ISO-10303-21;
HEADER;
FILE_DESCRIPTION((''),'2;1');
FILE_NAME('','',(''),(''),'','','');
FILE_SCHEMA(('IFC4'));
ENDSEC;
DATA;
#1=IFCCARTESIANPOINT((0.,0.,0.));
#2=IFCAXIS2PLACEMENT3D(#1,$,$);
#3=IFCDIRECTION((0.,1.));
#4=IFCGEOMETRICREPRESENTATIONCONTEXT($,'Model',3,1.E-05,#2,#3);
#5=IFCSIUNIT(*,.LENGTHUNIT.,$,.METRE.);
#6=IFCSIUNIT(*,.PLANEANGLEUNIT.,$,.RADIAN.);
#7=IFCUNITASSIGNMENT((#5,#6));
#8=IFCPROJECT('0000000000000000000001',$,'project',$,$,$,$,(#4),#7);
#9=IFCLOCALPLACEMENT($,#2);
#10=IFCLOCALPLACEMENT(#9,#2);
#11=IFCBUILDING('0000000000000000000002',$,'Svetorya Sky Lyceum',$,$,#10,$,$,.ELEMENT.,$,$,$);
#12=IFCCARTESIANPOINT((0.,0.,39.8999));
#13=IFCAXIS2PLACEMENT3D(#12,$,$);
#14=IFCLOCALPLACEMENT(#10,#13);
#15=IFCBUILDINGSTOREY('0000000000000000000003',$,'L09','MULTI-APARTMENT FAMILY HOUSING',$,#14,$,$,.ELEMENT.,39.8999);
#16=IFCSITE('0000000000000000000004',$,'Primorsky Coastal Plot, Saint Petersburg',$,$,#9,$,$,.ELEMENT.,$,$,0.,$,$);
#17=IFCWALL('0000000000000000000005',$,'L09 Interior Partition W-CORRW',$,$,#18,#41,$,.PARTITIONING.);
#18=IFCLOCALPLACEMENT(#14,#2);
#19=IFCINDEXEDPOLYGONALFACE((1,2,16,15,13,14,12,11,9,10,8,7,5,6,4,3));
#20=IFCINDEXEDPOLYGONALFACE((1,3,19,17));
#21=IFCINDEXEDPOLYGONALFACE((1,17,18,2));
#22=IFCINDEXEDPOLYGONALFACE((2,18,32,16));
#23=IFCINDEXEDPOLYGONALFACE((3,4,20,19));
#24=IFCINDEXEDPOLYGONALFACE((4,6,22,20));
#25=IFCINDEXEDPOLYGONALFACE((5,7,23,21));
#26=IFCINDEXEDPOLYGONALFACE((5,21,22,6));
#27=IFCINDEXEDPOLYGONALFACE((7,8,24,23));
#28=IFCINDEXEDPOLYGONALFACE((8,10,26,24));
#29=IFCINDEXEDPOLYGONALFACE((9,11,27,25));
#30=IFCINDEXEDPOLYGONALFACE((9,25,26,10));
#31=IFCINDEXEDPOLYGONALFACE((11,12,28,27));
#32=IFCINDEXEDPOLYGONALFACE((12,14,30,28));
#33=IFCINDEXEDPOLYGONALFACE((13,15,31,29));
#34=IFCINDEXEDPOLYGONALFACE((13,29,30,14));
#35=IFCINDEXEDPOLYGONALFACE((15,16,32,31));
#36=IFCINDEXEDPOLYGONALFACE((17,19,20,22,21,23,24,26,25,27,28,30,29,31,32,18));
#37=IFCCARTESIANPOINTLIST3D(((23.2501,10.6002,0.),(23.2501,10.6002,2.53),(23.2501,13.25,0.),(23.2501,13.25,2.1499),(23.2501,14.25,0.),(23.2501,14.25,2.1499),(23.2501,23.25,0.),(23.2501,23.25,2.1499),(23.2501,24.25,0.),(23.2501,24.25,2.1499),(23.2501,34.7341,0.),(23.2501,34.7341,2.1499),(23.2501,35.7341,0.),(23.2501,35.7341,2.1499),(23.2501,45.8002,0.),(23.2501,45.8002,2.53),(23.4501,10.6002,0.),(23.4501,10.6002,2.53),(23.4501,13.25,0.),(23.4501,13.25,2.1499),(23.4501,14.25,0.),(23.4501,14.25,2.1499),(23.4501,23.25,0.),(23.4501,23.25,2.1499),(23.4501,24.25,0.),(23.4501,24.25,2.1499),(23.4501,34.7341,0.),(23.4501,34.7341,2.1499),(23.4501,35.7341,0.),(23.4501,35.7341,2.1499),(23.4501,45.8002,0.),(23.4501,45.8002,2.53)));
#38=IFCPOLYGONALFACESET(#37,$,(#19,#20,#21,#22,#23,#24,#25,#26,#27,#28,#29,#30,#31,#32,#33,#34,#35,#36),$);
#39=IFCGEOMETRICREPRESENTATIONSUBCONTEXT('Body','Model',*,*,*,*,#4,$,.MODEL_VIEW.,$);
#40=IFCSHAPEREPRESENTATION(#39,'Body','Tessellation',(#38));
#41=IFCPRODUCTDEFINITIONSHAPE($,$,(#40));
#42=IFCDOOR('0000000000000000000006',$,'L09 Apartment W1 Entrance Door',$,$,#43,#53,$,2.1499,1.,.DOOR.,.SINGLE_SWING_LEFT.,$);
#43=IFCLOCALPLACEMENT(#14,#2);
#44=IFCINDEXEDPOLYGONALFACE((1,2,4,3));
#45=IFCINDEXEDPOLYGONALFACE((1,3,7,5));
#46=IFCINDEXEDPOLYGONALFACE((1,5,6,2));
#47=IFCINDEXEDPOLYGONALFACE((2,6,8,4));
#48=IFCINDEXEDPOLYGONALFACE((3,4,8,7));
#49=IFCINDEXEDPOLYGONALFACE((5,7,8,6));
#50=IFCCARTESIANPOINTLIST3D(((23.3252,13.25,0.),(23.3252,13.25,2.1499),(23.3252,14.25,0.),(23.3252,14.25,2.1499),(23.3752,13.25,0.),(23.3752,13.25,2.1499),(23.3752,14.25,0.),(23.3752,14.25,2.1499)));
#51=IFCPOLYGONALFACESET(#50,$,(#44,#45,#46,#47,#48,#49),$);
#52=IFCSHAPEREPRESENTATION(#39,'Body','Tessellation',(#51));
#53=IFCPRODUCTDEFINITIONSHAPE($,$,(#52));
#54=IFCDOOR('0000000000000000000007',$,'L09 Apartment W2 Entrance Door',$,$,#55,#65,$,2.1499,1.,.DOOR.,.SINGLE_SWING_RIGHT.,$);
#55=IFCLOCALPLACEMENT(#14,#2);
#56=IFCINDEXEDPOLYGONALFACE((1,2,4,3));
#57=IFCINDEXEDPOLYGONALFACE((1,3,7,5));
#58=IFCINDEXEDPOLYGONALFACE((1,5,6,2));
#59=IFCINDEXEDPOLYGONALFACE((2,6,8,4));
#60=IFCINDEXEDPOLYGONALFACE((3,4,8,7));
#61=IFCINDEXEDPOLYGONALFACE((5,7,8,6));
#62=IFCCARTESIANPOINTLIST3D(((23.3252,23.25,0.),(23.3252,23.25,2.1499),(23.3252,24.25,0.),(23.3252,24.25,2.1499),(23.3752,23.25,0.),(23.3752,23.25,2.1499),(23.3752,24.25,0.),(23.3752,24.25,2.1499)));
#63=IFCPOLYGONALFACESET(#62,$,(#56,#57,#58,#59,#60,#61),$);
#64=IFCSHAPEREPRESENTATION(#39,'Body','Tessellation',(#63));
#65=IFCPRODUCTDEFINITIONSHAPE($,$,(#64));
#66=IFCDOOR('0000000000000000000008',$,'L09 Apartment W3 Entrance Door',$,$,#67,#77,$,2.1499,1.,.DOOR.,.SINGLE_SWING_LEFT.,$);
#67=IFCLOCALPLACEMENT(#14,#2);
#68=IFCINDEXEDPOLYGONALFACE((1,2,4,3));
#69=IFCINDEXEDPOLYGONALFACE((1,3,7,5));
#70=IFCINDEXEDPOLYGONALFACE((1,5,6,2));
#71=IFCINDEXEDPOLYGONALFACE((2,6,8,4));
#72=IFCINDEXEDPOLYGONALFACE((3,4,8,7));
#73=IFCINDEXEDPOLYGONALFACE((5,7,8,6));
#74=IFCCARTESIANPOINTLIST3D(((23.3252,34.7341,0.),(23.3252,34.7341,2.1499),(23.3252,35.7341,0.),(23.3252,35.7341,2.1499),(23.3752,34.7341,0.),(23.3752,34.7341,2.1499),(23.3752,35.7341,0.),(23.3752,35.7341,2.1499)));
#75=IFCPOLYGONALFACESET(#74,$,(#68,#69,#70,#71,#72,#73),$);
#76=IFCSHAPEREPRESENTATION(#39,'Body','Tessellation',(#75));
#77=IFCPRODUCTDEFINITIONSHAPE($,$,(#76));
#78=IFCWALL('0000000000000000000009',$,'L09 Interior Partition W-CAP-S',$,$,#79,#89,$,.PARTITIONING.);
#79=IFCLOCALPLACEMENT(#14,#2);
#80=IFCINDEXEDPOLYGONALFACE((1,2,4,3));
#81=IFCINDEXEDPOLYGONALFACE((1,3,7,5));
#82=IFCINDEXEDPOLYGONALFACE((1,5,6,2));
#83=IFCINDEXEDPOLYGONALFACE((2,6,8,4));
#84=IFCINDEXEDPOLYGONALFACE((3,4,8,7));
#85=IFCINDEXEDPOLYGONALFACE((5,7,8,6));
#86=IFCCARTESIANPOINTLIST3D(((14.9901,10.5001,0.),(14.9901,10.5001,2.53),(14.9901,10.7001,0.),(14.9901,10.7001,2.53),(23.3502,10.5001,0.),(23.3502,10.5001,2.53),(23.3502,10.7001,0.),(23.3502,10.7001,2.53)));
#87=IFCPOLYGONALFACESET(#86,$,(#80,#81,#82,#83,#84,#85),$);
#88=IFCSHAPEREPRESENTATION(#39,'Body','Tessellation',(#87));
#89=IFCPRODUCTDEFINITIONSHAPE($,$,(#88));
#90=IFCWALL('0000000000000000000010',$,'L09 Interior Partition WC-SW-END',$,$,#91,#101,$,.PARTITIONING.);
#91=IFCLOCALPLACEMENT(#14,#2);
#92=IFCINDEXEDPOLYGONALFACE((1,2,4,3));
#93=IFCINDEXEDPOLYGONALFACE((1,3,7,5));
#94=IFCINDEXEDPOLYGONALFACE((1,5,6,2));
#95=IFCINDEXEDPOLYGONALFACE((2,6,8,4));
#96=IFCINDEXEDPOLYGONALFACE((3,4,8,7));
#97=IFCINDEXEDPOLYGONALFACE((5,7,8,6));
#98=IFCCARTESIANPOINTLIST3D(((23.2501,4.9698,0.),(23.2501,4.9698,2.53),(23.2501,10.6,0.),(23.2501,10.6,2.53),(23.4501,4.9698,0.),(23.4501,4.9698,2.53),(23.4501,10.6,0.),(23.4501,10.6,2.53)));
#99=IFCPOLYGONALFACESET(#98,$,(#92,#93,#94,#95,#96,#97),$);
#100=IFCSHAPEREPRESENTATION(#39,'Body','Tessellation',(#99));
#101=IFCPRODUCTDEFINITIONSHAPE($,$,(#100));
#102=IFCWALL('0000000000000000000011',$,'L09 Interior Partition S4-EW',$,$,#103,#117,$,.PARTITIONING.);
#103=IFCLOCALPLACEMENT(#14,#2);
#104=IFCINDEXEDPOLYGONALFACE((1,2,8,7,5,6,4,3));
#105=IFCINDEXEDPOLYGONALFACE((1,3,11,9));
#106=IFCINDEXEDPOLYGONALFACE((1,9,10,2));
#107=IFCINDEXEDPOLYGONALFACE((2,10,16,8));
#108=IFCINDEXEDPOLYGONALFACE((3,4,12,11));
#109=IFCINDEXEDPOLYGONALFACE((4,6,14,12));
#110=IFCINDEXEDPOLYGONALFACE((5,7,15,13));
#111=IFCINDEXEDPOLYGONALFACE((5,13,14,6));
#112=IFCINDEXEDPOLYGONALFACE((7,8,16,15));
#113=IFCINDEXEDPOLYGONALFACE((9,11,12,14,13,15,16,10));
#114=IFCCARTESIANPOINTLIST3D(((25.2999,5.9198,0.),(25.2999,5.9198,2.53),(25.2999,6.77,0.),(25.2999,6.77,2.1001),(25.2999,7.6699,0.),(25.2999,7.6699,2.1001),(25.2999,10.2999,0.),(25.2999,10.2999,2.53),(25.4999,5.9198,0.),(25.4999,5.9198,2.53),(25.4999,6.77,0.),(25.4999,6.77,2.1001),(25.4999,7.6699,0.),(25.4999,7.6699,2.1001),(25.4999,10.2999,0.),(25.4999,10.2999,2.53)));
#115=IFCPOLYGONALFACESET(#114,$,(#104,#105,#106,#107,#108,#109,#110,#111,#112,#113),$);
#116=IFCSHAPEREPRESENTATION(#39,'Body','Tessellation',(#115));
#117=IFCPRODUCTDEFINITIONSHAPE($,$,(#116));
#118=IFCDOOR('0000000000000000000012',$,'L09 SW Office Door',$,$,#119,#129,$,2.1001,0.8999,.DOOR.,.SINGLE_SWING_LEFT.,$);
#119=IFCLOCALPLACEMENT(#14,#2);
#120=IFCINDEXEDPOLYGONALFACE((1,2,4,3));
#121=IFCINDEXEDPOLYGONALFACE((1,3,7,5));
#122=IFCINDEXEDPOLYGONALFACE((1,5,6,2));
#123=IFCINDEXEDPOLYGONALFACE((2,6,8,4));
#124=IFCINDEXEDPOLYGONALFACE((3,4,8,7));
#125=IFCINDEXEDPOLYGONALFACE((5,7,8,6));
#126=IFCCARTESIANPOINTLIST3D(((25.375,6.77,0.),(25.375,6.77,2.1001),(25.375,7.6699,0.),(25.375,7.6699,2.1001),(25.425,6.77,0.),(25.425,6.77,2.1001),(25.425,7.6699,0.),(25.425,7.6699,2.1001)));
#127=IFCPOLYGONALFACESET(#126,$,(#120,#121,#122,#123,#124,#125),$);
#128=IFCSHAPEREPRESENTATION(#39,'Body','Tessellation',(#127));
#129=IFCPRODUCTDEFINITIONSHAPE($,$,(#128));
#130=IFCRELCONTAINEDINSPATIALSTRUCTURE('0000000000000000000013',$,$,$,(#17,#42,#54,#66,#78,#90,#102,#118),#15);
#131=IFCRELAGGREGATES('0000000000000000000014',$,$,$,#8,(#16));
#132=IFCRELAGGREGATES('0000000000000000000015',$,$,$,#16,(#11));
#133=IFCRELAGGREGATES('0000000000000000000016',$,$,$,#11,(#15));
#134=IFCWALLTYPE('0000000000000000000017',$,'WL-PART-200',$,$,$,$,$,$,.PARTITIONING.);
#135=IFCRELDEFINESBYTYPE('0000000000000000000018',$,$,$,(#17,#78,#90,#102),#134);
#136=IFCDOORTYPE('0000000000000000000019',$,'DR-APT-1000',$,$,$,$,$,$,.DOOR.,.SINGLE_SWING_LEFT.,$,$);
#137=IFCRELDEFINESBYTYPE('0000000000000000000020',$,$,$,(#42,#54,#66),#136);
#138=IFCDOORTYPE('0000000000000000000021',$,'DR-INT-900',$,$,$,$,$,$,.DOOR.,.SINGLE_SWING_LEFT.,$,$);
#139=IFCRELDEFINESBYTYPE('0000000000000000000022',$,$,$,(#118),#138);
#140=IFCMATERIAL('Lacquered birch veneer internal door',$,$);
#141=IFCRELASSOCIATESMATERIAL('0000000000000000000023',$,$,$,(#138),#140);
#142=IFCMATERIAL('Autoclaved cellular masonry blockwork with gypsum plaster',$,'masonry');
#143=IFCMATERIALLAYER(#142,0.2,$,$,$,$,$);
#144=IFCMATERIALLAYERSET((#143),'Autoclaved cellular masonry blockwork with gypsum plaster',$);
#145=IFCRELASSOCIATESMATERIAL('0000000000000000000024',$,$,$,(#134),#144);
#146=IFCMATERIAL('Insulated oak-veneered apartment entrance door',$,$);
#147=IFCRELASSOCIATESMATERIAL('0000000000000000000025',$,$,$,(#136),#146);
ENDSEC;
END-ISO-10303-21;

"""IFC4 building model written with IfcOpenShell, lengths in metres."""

from ifc_helpers import new_model, si_unit, direction, frame, frame_2d, origin, place, context, subcontext, project, spatial, rectangle, extrude, material, layer, layer_set, type_object, element, fill, save


model = new_model("IFC4")

# Units and contexts
model_context = context("Model", 3, precision=1e-05, world=origin(), true_north=direction((0.0, 1.0)))
body_context = subcontext(model_context, "Body", "Model", "MODEL_VIEW")
ifc_project = project(units=[si_unit("LENGTHUNIT", "METRE"), si_unit("PLANEANGLEUNIT", "RADIAN")], contexts=[model_context])

# Site, building, storey
site_placement = place(None, origin())
site = spatial("IfcSite", under=ifc_project, at=site_placement, Name="Primorsky Coastal Plot, Saint Petersburg", CompositionType="ELEMENT", RefElevation=0.0)
building_placement = place(site_placement, origin())
building = spatial("IfcBuilding", under=site, at=building_placement, Name="Svetorya Sky Lyceum", CompositionType="ELEMENT")
storey_placement = place(building_placement, frame((0.0, 0.0, 39.8999)))
storey = spatial("IfcBuildingStorey", under=building, at=storey_placement, Name="L09", Description="MULTI-APARTMENT FAMILY HOUSING", CompositionType="ELEMENT", Elevation=39.8999)

# Wall, openings, doors
ifc_material_1 = material(Name="Lacquered birch veneer internal door")
door_type_1 = type_object("IfcDoorType", Name="DR-INT-900", OperationType="SINGLE_SWING_LEFT", PredefinedType="DOOR", material=ifc_material_1)
ifc_material_2 = material(Name="Autoclaved cellular masonry blockwork with gypsum plaster", Category="masonry")
ifc_layer_1 = layer(ifc_material_2, 0.2)
ifc_layer_set_1 = layer_set([ifc_layer_1], Name="Autoclaved cellular masonry blockwork with gypsum plaster")
wall_type_1 = type_object("IfcWallType", Name="WL-PART-200", PredefinedType="PARTITIONING", material=ifc_layer_set_1)
wall_1_placement = place(storey_placement, frame((23.3501, 10.6001, 0.0), z_axis=(0.0, 0.0, 1.0), x_axis=(0.0, 1.0, 0.0)))
wall_1 = element("IfcWall", 1, at=wall_1_placement, inside=storey, type_object=wall_type_1, Name="L09 Interior Partition W-CORRW", PredefinedType="PARTITIONING", context=body_context, shape_type="SweptSolid", body=[
    extrude(rectangle(XDim=35.2, YDim=0.2, at=frame_2d((17.6001, 0.0))), origin(), (0.0, 0.0, 1.0), 2.53),
])
opening_1_placement = place(wall_1_placement, frame((2.6499, 0.0, 0.0)))
opening_1 = element("IfcOpeningElement", 2, at=opening_1_placement, cuts=wall_1, PredefinedType="OPENING", context=body_context, shape_type="SweptSolid", body=[
    extrude(rectangle(XDim=1.0, YDim=2.1499, at=frame_2d((0.5, 1.075))), frame((0.0, 0.1099, 0.0), z_axis=(0.0, -1.0, 0.0), x_axis=(1.0, 0.0, 0.0)), (0.0, 0.0, 1.0), 0.22),
])
opening_2_placement = place(wall_1_placement, frame((12.6499, 0.0, 0.0)))
opening_2 = element("IfcOpeningElement", 3, at=opening_2_placement, cuts=wall_1, PredefinedType="OPENING", context=body_context, shape_type="SweptSolid", body=[
    extrude(rectangle(XDim=1.0, YDim=2.1499, at=frame_2d((0.5, 1.075))), frame((0.0, 0.1099, 0.0), z_axis=(0.0, -1.0, 0.0), x_axis=(1.0, 0.0, 0.0)), (0.0, 0.0, 1.0), 0.22),
])
opening_3_placement = place(wall_1_placement, frame((24.134, 0.0, 0.0)))
opening_3 = element("IfcOpeningElement", 4, at=opening_3_placement, cuts=wall_1, PredefinedType="OPENING", context=body_context, shape_type="SweptSolid", body=[
    extrude(rectangle(XDim=1.0, YDim=2.1499, at=frame_2d((0.5, 1.075))), frame((0.0, 0.1099, 0.0), z_axis=(0.0, -1.0, 0.0), x_axis=(1.0, 0.0, 0.0)), (0.0, 0.0, 1.0), 0.22),
])
ifc_material_3 = material(Name="Insulated oak-veneered apartment entrance door")
door_type_2 = type_object("IfcDoorType", Name="DR-APT-1000", OperationType="SINGLE_SWING_LEFT", PredefinedType="DOOR", material=ifc_material_3)
door_1_placement = place(opening_1_placement, origin())
door_1 = element("IfcDoor", 5, at=door_1_placement, inside=storey, type_object=door_type_2, Name="L09 Apartment W1 Entrance Door", OperationType="SINGLE_SWING_LEFT", OverallHeight=2.1499, OverallWidth=1.0, PredefinedType="DOOR", context=body_context, shape_type="SweptSolid", body=[
    extrude(rectangle(XDim=1.0, YDim=2.1499, at=frame_2d((0.5, 1.075))), frame((0.0, 0.0249, 0.0), z_axis=(0.0, -1.0, 0.0), x_axis=(1.0, 0.0, 0.0)), (0.0, 0.0, 1.0), 0.05),
])
fill(opening_1, door_1)
door_2_placement = place(opening_2_placement, origin())
door_2 = element("IfcDoor", 6, at=door_2_placement, inside=storey, type_object=door_type_2, Name="L09 Apartment W2 Entrance Door", OperationType="SINGLE_SWING_RIGHT", OverallHeight=2.1499, OverallWidth=1.0, PredefinedType="DOOR", context=body_context, shape_type="SweptSolid", body=[
    extrude(rectangle(XDim=1.0, YDim=2.1499, at=frame_2d((0.5, 1.075))), frame((0.0, 0.0249, 0.0), z_axis=(0.0, -1.0, 0.0), x_axis=(1.0, 0.0, 0.0)), (0.0, 0.0, 1.0), 0.05),
])
fill(opening_2, door_2)
door_3_placement = place(opening_3_placement, origin())
door_3 = element("IfcDoor", 7, at=door_3_placement, inside=storey, type_object=door_type_2, Name="L09 Apartment W3 Entrance Door", OperationType="SINGLE_SWING_LEFT", OverallHeight=2.1499, OverallWidth=1.0, PredefinedType="DOOR", context=body_context, shape_type="SweptSolid", body=[
    extrude(rectangle(XDim=1.0, YDim=2.1499, at=frame_2d((0.5, 1.075))), frame((0.0, 0.0249, 0.0), z_axis=(0.0, -1.0, 0.0), x_axis=(1.0, 0.0, 0.0)), (0.0, 0.0, 1.0), 0.05),
])
fill(opening_3, door_3)

# Walls
wall_2_placement = place(storey_placement, frame((14.99, 10.6001, 0.0), z_axis=(0.0, 0.0, 1.0), x_axis=(1.0, 0.0, 0.0)))
element("IfcWall", 8, at=wall_2_placement, inside=storey, type_object=wall_type_1, Name="L09 Interior Partition W-CAP-S", PredefinedType="PARTITIONING", context=body_context, shape_type="SweptSolid", body=[
    extrude(rectangle(XDim=8.3601, YDim=0.2, at=frame_2d((4.1802, 0.0))), origin(), (0.0, 0.0, 1.0), 2.53),
])
wall_3_placement = place(storey_placement, frame((23.3501, 4.97, 0.0), z_axis=(0.0, 0.0, 1.0), x_axis=(0.0, 1.0, 0.0)))
element("IfcWall", 9, at=wall_3_placement, inside=storey, type_object=wall_type_1, Name="L09 Interior Partition WC-SW-END", PredefinedType="PARTITIONING", context=body_context, shape_type="SweptSolid", body=[
    extrude(rectangle(XDim=5.6301, YDim=0.2, at=frame_2d((2.8149, 0.0))), origin(), (0.0, 0.0, 1.0), 2.53),
])

# Wall, opening, door
wall_4_placement = place(storey_placement, frame((25.3999, 5.9199, 0.0), z_axis=(0.0, 0.0, 1.0), x_axis=(0.0, 1.0, 0.0)))
wall_4 = element("IfcWall", 10, at=wall_4_placement, inside=storey, type_object=wall_type_1, Name="L09 Interior Partition S4-EW", PredefinedType="PARTITIONING", context=body_context, shape_type="SweptSolid", body=[
    extrude(rectangle(XDim=4.3801, YDim=0.2, at=frame_2d((2.1899, 0.0))), origin(), (0.0, 0.0, 1.0), 2.53),
])
opening_4_placement = place(wall_4_placement, frame((0.8501, 0.0, 0.0)))
opening_4 = element("IfcOpeningElement", 11, at=opening_4_placement, cuts=wall_4, PredefinedType="OPENING", context=body_context, shape_type="SweptSolid", body=[
    extrude(rectangle(XDim=0.8999, YDim=2.1001, at=frame_2d((0.45, 1.05))), frame((0.0, 0.1099, 0.0), z_axis=(0.0, -1.0, 0.0), x_axis=(1.0, 0.0, 0.0)), (0.0, 0.0, 1.0), 0.22),
])
door_4_placement = place(opening_4_placement, origin())
door_4 = element("IfcDoor", 12, at=door_4_placement, inside=storey, type_object=door_type_1, Name="L09 SW Office Door", OperationType="SINGLE_SWING_LEFT", OverallHeight=2.1001, OverallWidth=0.8999, PredefinedType="DOOR", context=body_context, shape_type="SweptSolid", body=[
    extrude(rectangle(XDim=0.8999, YDim=2.1001, at=frame_2d((0.45, 1.05))), frame((0.0, 0.0249, 0.0), z_axis=(0.0, -1.0, 0.0), x_axis=(1.0, 0.0, 0.0)), (0.0, 0.0, 1.0), 0.05),
])
fill(opening_4, door_4)

save(model, "model.ifc")
